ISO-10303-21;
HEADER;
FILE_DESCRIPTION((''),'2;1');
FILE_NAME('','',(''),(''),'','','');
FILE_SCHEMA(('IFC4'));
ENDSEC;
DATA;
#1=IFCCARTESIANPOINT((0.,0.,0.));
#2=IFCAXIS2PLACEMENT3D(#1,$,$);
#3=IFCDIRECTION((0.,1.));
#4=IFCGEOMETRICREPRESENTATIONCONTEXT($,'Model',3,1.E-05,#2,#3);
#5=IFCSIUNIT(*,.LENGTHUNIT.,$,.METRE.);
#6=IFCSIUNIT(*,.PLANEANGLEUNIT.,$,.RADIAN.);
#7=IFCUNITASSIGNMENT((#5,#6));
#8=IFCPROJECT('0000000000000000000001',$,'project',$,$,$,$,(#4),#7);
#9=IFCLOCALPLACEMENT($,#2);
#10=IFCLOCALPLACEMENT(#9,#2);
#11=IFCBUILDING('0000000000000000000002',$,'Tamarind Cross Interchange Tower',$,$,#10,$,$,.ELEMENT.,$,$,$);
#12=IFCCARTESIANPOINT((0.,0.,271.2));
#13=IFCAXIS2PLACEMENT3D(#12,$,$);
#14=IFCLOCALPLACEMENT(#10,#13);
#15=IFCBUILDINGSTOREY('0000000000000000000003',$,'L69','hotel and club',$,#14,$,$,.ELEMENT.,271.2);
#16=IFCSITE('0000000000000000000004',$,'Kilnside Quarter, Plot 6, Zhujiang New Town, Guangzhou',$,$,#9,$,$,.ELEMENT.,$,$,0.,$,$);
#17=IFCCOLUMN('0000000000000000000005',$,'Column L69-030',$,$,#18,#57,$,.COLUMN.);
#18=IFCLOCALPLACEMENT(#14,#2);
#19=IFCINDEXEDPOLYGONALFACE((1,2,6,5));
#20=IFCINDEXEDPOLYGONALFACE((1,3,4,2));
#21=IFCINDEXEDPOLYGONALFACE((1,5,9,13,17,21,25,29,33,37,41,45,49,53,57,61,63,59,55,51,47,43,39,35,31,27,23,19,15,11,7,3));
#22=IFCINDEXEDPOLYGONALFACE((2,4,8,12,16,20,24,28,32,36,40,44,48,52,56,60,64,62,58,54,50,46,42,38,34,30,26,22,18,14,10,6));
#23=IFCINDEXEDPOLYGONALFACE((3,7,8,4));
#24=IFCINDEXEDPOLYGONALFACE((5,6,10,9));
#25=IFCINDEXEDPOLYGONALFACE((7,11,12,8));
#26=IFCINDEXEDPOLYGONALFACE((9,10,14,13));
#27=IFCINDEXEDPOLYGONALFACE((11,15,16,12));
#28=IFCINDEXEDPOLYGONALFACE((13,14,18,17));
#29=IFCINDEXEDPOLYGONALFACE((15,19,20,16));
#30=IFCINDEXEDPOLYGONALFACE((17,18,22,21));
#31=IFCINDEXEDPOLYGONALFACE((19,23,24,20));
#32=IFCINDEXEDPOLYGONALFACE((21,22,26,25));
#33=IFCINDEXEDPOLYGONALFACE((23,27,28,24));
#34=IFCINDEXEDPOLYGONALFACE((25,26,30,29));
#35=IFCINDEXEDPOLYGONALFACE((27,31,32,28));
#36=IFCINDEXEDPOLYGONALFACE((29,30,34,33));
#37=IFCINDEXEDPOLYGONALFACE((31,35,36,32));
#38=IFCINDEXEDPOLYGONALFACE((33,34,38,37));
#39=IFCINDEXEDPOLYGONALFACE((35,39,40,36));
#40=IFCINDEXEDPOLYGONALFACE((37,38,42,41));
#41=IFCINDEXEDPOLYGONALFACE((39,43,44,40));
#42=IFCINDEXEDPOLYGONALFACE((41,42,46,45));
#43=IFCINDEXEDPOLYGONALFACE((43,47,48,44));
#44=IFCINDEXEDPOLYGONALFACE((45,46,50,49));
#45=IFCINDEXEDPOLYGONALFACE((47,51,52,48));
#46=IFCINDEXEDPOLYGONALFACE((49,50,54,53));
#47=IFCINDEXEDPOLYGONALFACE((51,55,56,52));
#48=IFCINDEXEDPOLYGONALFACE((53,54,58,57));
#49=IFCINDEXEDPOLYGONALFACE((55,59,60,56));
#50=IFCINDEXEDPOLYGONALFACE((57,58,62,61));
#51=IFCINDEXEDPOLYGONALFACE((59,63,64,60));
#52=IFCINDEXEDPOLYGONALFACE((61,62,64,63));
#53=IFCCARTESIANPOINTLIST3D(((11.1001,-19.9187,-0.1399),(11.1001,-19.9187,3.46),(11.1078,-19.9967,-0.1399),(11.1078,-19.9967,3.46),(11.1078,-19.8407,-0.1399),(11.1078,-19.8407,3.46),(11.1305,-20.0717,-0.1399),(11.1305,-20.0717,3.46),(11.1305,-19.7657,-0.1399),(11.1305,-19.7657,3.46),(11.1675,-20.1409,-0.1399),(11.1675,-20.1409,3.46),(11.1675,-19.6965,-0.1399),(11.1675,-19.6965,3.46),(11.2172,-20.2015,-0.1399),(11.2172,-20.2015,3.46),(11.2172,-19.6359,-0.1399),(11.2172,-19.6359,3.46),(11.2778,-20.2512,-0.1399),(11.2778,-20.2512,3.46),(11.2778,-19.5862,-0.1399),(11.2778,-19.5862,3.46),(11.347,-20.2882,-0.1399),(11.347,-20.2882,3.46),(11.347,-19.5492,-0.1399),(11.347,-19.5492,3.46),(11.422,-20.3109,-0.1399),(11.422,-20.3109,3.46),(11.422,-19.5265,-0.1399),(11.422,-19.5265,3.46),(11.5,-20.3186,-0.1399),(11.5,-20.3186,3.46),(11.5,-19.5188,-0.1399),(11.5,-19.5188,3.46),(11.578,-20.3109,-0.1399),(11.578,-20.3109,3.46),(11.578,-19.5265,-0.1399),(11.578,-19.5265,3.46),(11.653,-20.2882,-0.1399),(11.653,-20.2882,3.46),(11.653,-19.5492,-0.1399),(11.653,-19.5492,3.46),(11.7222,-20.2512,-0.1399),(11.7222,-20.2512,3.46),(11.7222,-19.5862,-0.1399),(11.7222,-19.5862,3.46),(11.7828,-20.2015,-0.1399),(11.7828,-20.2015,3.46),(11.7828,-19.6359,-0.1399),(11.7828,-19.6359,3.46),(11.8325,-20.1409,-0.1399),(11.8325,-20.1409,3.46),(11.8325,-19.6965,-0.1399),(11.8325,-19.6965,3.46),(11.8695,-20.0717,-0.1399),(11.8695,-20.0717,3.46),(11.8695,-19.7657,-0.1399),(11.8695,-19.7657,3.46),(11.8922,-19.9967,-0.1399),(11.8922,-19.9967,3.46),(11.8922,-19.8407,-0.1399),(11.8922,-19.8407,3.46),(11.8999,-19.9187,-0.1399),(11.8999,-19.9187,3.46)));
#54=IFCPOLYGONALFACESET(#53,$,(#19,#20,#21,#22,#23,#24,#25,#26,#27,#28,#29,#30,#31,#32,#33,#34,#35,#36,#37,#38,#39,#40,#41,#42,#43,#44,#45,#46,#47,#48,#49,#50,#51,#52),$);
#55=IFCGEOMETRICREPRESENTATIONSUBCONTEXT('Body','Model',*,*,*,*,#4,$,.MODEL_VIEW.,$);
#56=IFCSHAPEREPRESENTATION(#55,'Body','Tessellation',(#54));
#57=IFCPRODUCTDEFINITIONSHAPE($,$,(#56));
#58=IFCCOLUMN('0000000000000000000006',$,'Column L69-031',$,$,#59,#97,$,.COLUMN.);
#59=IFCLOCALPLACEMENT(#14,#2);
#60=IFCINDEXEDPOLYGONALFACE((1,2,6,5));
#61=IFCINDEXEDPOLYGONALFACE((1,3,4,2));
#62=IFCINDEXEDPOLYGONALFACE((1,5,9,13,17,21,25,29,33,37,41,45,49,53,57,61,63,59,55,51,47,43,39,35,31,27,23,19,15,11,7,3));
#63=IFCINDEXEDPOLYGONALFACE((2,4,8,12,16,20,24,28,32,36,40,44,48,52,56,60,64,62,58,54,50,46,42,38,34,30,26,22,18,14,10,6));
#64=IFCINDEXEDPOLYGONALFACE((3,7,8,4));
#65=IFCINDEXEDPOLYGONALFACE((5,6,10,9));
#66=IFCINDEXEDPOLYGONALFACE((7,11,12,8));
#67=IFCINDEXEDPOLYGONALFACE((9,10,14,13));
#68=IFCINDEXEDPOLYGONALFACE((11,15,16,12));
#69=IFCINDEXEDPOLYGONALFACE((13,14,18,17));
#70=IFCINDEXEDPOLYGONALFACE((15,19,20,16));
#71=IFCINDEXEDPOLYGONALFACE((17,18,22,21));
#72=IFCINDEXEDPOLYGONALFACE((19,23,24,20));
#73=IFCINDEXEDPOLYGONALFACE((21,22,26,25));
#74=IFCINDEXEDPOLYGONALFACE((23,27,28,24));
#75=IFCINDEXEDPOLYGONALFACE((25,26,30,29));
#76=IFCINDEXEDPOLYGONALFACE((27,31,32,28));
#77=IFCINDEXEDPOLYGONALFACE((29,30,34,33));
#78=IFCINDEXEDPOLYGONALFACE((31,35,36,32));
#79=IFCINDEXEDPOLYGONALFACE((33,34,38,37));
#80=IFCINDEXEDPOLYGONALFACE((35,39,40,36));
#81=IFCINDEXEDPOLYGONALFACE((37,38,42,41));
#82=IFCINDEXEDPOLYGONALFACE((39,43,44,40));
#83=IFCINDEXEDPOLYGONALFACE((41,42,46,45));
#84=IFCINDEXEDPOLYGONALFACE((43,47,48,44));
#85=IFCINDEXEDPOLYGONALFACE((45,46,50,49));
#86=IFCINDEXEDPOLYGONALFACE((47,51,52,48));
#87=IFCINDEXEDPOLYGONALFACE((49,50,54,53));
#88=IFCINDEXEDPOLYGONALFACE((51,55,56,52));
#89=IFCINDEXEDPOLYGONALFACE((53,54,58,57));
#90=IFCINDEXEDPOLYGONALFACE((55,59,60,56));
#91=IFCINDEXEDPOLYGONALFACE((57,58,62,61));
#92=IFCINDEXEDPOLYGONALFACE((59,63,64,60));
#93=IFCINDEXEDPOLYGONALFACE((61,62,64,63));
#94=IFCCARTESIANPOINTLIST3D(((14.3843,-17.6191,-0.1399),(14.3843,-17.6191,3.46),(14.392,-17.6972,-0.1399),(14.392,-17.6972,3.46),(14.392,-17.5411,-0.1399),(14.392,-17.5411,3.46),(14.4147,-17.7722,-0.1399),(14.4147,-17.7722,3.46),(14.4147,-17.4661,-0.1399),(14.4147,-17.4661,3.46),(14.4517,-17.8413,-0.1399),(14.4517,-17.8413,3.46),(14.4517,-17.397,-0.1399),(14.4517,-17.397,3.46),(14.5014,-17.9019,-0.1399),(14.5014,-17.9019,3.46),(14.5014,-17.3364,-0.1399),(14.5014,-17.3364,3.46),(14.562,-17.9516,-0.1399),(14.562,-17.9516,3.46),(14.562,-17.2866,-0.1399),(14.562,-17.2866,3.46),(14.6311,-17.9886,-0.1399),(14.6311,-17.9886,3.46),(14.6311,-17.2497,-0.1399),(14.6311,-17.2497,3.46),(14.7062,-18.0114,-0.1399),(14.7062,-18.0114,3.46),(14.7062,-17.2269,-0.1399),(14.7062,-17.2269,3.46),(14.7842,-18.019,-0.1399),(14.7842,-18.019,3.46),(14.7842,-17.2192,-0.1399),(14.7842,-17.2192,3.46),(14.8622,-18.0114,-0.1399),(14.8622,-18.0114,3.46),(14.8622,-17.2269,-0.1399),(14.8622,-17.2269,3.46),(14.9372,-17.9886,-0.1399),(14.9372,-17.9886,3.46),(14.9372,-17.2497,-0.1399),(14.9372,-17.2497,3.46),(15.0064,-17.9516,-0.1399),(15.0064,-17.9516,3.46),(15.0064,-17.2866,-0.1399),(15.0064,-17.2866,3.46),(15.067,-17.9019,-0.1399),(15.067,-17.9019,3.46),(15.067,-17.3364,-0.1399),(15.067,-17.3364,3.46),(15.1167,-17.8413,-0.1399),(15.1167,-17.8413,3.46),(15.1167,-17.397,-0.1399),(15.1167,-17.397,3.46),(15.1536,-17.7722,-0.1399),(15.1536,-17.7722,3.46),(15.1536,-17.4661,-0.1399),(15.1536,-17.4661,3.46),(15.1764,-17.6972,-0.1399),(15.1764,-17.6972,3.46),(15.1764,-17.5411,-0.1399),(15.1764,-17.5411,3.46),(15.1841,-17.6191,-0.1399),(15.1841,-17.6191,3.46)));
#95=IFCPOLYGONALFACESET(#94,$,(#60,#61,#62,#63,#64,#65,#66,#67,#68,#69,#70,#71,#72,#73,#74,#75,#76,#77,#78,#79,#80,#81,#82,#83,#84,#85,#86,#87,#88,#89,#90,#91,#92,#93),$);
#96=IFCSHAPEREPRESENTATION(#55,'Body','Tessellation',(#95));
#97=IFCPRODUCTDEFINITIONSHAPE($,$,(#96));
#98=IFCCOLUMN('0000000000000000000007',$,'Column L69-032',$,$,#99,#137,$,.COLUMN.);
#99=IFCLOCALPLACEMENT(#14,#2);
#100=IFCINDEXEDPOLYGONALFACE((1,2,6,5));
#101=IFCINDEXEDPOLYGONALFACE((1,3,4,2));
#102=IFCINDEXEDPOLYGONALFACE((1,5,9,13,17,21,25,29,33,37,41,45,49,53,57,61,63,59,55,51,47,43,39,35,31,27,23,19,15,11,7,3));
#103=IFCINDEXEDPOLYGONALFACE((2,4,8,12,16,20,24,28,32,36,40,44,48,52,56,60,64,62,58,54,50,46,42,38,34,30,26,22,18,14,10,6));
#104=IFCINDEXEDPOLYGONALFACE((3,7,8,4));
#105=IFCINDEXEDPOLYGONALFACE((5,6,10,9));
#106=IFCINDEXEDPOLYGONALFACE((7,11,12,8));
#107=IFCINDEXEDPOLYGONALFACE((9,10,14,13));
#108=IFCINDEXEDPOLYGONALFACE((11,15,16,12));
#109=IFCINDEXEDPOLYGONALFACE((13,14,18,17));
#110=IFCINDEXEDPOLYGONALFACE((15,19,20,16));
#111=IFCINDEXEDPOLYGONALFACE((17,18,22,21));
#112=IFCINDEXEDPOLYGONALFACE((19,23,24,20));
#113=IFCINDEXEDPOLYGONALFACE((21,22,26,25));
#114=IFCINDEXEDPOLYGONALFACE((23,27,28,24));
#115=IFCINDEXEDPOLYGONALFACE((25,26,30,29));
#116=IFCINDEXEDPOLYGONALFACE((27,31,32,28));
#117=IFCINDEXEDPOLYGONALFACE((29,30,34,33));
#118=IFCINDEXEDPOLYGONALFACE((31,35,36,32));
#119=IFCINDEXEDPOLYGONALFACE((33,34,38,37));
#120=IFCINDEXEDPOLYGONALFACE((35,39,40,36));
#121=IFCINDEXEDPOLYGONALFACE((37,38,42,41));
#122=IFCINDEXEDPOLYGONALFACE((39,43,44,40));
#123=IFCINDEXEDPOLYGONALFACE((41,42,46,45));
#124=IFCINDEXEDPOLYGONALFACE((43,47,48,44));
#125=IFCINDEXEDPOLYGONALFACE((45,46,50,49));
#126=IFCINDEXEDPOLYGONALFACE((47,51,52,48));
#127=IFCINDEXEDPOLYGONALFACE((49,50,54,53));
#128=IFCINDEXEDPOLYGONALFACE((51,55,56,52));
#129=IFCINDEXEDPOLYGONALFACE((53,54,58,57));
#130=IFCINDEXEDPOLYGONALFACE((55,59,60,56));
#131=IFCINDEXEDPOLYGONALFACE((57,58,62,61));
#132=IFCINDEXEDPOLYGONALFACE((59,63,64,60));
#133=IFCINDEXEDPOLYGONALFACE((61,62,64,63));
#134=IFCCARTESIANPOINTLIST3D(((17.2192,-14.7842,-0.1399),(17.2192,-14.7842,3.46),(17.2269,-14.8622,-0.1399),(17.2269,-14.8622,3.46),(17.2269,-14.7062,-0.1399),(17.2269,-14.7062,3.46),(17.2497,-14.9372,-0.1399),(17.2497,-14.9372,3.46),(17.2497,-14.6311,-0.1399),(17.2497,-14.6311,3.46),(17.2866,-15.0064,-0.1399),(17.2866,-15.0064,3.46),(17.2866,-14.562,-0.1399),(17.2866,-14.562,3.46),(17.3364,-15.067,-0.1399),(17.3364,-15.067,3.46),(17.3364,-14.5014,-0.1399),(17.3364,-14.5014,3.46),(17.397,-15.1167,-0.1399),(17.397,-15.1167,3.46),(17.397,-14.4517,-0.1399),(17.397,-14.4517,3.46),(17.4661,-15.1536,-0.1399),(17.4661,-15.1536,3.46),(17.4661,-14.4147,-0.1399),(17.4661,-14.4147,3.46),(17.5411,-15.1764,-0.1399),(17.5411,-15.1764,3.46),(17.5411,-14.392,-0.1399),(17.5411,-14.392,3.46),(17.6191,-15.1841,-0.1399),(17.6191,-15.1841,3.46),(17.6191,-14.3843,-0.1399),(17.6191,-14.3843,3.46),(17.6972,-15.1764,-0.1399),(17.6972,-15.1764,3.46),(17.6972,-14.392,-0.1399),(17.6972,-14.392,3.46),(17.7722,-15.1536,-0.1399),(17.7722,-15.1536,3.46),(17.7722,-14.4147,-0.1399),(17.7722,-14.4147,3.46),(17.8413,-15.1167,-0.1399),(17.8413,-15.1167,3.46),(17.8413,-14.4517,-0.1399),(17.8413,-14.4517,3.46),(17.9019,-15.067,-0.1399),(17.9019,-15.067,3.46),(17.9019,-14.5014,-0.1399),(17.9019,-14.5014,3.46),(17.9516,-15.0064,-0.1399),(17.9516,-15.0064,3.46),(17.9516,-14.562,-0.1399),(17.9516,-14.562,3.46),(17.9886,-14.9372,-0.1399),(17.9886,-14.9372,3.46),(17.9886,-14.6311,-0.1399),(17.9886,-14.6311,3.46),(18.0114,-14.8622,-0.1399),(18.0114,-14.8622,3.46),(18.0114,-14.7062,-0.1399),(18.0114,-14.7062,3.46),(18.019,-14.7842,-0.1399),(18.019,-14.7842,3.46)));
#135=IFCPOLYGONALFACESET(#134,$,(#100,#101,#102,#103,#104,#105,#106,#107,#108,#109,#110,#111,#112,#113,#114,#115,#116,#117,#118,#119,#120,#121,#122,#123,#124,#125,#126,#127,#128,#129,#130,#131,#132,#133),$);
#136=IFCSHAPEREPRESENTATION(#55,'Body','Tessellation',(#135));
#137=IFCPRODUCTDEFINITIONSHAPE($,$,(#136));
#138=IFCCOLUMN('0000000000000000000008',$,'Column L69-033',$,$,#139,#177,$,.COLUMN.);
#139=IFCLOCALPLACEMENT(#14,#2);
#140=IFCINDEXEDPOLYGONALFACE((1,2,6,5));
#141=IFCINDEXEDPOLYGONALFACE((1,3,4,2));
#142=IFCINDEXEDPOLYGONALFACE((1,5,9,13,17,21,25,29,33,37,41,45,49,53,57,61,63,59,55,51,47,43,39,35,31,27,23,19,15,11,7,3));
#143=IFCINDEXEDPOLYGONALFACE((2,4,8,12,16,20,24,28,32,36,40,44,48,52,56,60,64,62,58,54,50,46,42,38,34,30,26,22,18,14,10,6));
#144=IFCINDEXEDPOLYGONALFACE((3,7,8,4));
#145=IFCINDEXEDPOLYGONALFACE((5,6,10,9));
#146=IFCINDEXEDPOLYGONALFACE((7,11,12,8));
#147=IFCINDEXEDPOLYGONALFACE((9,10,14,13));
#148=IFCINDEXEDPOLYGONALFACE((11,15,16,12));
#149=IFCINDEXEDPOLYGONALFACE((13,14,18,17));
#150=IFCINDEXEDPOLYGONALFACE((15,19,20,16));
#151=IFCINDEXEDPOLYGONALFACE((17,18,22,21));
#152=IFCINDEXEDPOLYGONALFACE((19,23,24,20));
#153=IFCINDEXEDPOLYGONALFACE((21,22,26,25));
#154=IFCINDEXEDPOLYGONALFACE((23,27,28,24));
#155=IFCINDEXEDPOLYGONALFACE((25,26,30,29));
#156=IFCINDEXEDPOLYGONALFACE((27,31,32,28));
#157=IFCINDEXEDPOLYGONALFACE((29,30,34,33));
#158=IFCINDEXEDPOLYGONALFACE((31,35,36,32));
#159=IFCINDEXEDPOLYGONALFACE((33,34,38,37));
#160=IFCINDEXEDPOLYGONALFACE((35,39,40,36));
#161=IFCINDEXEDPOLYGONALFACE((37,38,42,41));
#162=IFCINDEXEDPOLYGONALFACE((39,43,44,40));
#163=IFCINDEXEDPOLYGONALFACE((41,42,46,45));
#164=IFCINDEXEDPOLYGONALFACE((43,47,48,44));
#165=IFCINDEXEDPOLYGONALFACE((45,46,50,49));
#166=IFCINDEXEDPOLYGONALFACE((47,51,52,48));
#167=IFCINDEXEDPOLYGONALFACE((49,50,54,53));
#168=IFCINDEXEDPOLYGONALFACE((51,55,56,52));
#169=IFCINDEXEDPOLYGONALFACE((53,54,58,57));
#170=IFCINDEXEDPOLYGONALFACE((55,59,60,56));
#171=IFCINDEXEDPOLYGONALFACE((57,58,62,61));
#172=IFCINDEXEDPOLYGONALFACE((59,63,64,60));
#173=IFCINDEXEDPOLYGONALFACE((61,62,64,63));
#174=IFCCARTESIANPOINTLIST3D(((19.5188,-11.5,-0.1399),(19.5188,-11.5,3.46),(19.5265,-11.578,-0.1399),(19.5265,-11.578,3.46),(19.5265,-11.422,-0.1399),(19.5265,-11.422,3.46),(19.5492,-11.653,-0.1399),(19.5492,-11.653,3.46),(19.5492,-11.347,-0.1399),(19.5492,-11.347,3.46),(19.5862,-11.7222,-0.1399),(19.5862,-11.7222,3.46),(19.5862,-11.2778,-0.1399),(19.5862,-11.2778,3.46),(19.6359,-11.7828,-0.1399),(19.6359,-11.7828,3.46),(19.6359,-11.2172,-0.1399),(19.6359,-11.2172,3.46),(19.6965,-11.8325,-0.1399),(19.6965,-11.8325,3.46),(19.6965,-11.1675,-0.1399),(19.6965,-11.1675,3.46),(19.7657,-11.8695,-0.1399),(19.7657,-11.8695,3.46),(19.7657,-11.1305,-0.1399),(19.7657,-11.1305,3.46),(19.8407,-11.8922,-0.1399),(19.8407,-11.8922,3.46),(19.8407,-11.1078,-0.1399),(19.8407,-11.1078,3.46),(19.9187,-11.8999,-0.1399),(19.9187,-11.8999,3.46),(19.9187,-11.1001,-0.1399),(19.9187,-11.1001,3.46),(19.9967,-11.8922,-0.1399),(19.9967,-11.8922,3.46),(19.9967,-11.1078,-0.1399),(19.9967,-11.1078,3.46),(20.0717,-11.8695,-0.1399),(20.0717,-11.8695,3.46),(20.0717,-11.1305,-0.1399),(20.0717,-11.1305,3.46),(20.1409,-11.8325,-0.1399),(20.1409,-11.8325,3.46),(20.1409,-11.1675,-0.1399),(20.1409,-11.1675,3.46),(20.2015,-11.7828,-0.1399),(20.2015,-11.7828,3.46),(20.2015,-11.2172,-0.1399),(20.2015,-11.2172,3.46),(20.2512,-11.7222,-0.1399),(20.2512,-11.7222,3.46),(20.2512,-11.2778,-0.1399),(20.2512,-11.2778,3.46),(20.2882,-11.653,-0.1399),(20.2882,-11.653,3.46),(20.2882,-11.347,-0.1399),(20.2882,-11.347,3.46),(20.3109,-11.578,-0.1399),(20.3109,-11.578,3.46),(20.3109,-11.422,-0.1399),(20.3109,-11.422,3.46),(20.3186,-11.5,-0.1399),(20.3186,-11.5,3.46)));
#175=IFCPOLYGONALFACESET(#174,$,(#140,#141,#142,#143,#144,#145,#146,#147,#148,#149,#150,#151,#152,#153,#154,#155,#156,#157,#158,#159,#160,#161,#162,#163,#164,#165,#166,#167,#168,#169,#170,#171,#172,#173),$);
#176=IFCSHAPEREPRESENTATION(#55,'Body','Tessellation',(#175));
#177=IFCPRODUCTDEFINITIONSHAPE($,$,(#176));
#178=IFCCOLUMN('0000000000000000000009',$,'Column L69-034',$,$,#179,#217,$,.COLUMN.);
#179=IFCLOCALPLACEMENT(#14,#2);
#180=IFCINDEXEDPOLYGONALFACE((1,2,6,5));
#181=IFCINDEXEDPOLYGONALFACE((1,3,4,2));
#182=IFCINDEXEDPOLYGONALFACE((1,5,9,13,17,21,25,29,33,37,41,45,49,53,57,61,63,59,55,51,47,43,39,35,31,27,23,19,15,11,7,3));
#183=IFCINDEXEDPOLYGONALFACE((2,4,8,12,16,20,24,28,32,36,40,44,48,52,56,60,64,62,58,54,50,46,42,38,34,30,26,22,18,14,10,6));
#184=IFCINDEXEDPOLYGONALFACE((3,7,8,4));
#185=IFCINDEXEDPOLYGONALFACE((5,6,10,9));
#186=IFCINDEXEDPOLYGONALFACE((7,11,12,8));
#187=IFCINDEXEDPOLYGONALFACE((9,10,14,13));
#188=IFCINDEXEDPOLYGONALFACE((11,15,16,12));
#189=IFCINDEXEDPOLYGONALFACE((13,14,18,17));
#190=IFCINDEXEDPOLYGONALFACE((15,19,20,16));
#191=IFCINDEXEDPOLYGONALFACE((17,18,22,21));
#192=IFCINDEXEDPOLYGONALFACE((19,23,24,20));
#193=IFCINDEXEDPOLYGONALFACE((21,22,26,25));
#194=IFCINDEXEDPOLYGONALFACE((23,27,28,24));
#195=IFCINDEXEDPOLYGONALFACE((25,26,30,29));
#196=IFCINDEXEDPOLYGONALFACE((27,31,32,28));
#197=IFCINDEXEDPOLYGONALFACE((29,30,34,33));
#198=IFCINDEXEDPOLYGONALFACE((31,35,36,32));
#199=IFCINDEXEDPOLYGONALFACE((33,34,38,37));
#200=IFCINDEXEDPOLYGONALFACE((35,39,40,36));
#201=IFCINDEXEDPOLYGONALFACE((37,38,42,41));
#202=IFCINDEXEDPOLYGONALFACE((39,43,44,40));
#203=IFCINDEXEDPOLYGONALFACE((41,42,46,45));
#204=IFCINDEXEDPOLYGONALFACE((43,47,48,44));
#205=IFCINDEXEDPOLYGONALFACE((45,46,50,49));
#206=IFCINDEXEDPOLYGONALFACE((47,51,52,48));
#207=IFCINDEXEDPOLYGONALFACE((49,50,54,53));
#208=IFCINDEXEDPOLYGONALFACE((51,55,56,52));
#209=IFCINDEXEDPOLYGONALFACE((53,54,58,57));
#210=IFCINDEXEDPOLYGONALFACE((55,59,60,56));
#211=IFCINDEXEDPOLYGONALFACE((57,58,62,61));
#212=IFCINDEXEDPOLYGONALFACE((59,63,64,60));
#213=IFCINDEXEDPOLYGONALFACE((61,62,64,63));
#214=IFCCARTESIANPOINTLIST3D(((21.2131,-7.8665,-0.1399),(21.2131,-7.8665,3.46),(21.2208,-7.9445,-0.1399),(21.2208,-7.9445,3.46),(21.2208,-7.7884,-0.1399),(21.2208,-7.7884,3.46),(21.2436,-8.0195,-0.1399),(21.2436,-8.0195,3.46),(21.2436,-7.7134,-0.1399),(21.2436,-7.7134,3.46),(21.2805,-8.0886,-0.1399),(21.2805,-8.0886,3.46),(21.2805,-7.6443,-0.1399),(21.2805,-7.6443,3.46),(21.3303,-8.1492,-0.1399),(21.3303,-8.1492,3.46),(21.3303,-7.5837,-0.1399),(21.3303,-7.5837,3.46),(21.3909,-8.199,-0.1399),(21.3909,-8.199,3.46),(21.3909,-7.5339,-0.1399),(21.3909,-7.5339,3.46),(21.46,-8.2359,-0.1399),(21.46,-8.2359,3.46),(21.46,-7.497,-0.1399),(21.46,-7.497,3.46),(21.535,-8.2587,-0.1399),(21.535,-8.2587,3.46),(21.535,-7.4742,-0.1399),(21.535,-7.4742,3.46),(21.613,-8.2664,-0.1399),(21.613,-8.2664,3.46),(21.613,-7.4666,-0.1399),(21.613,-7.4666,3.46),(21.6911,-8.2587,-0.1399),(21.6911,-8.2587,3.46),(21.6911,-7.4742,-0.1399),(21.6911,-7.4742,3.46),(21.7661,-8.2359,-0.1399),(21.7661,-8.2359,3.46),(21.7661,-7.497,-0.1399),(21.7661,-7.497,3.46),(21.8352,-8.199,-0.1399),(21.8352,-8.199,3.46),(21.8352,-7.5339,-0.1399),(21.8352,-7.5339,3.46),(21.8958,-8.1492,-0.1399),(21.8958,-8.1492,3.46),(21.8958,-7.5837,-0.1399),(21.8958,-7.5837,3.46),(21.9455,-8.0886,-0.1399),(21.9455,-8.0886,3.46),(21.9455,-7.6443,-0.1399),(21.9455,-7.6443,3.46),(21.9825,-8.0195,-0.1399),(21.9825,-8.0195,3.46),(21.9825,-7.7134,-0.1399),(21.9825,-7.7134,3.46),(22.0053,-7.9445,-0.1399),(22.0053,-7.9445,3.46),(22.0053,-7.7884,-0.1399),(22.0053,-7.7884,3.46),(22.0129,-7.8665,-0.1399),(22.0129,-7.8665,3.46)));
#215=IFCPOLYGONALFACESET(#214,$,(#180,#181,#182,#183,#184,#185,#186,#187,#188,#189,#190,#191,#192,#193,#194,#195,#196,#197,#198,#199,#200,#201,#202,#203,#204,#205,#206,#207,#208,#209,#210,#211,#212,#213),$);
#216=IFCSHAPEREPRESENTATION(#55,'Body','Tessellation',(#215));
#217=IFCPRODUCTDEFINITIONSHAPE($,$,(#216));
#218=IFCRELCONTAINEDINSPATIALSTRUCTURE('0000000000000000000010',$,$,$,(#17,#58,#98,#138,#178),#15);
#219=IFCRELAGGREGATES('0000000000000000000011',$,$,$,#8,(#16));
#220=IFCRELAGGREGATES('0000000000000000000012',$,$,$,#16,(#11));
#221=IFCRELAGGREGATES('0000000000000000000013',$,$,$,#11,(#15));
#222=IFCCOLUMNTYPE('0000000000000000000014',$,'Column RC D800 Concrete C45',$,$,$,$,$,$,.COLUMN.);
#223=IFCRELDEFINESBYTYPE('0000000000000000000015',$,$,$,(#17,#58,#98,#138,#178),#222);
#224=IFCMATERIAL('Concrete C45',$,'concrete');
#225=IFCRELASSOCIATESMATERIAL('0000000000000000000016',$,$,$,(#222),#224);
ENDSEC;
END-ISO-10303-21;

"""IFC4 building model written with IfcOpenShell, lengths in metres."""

from ifc_helpers import new_model, si_unit, direction, frame, origin, origin_2d, place, context, subcontext, project, spatial, circle, extrude, material, material_profile, profile_set, type_object, element, save


model = new_model("IFC4")

# Units and contexts
model_context = context("Model", 3, precision=1e-05, world=origin(), true_north=direction((0.0, 1.0)))
body_context = subcontext(model_context, "Body", "Model", "MODEL_VIEW")
ifc_project = project(units=[si_unit("LENGTHUNIT", "METRE"), si_unit("PLANEANGLEUNIT", "RADIAN")], contexts=[model_context])

# Site, building, storey
site_placement = place(None, origin())
site = spatial("IfcSite", under=ifc_project, at=site_placement, Name="Kilnside Quarter, Plot 6, Zhujiang New Town, Guangzhou", CompositionType="ELEMENT", RefElevation=0.0)
building_placement = place(site_placement, origin())
building = spatial("IfcBuilding", under=site, at=building_placement, Name="Tamarind Cross Interchange Tower", CompositionType="ELEMENT")
storey_placement = place(building_placement, frame((0.0, 0.0, 271.2)))
storey = spatial("IfcBuildingStorey", under=building, at=storey_placement, Name="L69", Description="hotel and club", CompositionType="ELEMENT", Elevation=271.2)

# Columns
ifc_material_1 = material(Name="Concrete C45", Category="concrete")
ifc_material_profile_1 = material_profile(ifc_material_1, circle(Radius=0.3999, at=origin_2d()), Name="RC D800")
ifc_profile_set_1 = profile_set([ifc_material_profile_1], Name="Concrete C45")
column_type = type_object("IfcColumnType", Name="Column RC D800 Concrete C45", PredefinedType="COLUMN", material=ifc_profile_set_1)
for number, where, z_axis, x_axis, name in (
    (1, (11.5, -19.9187, -0.1399), (0.0, 0.0, 1.0), (1.0, 0.0, 0.0), "Column L69-030"),
    (2, (14.7842, -17.6191, -0.1399), (0.0, 0.0, 1.0), (1.0, 0.0, 0.0), "Column L69-031"),
    (3, (17.6191, -14.7842, -0.1399), (0.0, 0.0, 1.0), (1.0, 0.0, 0.0), "Column L69-032"),
    (4, (19.9187, -11.5, -0.1399), (0.0, 0.0, 1.0), (1.0, 0.0, 0.0), "Column L69-033"),
    (5, (21.613, -7.8665, -0.1399), (0.0, 0.0, 1.0), (1.0, 0.0, 0.0), "Column L69-034"),
):
    element("IfcColumn", number, at=place(storey_placement, frame(where, z_axis=z_axis, x_axis=x_axis)), inside=storey, type_object=column_type, Name=name, PredefinedType="COLUMN", context=body_context, shape_type="SweptSolid", body=[
        extrude(circle(Radius=0.3999, at=origin_2d()), origin(), (0.0, 0.0, 1.0), 3.5999),
    ])

save(model, "model.ifc")
